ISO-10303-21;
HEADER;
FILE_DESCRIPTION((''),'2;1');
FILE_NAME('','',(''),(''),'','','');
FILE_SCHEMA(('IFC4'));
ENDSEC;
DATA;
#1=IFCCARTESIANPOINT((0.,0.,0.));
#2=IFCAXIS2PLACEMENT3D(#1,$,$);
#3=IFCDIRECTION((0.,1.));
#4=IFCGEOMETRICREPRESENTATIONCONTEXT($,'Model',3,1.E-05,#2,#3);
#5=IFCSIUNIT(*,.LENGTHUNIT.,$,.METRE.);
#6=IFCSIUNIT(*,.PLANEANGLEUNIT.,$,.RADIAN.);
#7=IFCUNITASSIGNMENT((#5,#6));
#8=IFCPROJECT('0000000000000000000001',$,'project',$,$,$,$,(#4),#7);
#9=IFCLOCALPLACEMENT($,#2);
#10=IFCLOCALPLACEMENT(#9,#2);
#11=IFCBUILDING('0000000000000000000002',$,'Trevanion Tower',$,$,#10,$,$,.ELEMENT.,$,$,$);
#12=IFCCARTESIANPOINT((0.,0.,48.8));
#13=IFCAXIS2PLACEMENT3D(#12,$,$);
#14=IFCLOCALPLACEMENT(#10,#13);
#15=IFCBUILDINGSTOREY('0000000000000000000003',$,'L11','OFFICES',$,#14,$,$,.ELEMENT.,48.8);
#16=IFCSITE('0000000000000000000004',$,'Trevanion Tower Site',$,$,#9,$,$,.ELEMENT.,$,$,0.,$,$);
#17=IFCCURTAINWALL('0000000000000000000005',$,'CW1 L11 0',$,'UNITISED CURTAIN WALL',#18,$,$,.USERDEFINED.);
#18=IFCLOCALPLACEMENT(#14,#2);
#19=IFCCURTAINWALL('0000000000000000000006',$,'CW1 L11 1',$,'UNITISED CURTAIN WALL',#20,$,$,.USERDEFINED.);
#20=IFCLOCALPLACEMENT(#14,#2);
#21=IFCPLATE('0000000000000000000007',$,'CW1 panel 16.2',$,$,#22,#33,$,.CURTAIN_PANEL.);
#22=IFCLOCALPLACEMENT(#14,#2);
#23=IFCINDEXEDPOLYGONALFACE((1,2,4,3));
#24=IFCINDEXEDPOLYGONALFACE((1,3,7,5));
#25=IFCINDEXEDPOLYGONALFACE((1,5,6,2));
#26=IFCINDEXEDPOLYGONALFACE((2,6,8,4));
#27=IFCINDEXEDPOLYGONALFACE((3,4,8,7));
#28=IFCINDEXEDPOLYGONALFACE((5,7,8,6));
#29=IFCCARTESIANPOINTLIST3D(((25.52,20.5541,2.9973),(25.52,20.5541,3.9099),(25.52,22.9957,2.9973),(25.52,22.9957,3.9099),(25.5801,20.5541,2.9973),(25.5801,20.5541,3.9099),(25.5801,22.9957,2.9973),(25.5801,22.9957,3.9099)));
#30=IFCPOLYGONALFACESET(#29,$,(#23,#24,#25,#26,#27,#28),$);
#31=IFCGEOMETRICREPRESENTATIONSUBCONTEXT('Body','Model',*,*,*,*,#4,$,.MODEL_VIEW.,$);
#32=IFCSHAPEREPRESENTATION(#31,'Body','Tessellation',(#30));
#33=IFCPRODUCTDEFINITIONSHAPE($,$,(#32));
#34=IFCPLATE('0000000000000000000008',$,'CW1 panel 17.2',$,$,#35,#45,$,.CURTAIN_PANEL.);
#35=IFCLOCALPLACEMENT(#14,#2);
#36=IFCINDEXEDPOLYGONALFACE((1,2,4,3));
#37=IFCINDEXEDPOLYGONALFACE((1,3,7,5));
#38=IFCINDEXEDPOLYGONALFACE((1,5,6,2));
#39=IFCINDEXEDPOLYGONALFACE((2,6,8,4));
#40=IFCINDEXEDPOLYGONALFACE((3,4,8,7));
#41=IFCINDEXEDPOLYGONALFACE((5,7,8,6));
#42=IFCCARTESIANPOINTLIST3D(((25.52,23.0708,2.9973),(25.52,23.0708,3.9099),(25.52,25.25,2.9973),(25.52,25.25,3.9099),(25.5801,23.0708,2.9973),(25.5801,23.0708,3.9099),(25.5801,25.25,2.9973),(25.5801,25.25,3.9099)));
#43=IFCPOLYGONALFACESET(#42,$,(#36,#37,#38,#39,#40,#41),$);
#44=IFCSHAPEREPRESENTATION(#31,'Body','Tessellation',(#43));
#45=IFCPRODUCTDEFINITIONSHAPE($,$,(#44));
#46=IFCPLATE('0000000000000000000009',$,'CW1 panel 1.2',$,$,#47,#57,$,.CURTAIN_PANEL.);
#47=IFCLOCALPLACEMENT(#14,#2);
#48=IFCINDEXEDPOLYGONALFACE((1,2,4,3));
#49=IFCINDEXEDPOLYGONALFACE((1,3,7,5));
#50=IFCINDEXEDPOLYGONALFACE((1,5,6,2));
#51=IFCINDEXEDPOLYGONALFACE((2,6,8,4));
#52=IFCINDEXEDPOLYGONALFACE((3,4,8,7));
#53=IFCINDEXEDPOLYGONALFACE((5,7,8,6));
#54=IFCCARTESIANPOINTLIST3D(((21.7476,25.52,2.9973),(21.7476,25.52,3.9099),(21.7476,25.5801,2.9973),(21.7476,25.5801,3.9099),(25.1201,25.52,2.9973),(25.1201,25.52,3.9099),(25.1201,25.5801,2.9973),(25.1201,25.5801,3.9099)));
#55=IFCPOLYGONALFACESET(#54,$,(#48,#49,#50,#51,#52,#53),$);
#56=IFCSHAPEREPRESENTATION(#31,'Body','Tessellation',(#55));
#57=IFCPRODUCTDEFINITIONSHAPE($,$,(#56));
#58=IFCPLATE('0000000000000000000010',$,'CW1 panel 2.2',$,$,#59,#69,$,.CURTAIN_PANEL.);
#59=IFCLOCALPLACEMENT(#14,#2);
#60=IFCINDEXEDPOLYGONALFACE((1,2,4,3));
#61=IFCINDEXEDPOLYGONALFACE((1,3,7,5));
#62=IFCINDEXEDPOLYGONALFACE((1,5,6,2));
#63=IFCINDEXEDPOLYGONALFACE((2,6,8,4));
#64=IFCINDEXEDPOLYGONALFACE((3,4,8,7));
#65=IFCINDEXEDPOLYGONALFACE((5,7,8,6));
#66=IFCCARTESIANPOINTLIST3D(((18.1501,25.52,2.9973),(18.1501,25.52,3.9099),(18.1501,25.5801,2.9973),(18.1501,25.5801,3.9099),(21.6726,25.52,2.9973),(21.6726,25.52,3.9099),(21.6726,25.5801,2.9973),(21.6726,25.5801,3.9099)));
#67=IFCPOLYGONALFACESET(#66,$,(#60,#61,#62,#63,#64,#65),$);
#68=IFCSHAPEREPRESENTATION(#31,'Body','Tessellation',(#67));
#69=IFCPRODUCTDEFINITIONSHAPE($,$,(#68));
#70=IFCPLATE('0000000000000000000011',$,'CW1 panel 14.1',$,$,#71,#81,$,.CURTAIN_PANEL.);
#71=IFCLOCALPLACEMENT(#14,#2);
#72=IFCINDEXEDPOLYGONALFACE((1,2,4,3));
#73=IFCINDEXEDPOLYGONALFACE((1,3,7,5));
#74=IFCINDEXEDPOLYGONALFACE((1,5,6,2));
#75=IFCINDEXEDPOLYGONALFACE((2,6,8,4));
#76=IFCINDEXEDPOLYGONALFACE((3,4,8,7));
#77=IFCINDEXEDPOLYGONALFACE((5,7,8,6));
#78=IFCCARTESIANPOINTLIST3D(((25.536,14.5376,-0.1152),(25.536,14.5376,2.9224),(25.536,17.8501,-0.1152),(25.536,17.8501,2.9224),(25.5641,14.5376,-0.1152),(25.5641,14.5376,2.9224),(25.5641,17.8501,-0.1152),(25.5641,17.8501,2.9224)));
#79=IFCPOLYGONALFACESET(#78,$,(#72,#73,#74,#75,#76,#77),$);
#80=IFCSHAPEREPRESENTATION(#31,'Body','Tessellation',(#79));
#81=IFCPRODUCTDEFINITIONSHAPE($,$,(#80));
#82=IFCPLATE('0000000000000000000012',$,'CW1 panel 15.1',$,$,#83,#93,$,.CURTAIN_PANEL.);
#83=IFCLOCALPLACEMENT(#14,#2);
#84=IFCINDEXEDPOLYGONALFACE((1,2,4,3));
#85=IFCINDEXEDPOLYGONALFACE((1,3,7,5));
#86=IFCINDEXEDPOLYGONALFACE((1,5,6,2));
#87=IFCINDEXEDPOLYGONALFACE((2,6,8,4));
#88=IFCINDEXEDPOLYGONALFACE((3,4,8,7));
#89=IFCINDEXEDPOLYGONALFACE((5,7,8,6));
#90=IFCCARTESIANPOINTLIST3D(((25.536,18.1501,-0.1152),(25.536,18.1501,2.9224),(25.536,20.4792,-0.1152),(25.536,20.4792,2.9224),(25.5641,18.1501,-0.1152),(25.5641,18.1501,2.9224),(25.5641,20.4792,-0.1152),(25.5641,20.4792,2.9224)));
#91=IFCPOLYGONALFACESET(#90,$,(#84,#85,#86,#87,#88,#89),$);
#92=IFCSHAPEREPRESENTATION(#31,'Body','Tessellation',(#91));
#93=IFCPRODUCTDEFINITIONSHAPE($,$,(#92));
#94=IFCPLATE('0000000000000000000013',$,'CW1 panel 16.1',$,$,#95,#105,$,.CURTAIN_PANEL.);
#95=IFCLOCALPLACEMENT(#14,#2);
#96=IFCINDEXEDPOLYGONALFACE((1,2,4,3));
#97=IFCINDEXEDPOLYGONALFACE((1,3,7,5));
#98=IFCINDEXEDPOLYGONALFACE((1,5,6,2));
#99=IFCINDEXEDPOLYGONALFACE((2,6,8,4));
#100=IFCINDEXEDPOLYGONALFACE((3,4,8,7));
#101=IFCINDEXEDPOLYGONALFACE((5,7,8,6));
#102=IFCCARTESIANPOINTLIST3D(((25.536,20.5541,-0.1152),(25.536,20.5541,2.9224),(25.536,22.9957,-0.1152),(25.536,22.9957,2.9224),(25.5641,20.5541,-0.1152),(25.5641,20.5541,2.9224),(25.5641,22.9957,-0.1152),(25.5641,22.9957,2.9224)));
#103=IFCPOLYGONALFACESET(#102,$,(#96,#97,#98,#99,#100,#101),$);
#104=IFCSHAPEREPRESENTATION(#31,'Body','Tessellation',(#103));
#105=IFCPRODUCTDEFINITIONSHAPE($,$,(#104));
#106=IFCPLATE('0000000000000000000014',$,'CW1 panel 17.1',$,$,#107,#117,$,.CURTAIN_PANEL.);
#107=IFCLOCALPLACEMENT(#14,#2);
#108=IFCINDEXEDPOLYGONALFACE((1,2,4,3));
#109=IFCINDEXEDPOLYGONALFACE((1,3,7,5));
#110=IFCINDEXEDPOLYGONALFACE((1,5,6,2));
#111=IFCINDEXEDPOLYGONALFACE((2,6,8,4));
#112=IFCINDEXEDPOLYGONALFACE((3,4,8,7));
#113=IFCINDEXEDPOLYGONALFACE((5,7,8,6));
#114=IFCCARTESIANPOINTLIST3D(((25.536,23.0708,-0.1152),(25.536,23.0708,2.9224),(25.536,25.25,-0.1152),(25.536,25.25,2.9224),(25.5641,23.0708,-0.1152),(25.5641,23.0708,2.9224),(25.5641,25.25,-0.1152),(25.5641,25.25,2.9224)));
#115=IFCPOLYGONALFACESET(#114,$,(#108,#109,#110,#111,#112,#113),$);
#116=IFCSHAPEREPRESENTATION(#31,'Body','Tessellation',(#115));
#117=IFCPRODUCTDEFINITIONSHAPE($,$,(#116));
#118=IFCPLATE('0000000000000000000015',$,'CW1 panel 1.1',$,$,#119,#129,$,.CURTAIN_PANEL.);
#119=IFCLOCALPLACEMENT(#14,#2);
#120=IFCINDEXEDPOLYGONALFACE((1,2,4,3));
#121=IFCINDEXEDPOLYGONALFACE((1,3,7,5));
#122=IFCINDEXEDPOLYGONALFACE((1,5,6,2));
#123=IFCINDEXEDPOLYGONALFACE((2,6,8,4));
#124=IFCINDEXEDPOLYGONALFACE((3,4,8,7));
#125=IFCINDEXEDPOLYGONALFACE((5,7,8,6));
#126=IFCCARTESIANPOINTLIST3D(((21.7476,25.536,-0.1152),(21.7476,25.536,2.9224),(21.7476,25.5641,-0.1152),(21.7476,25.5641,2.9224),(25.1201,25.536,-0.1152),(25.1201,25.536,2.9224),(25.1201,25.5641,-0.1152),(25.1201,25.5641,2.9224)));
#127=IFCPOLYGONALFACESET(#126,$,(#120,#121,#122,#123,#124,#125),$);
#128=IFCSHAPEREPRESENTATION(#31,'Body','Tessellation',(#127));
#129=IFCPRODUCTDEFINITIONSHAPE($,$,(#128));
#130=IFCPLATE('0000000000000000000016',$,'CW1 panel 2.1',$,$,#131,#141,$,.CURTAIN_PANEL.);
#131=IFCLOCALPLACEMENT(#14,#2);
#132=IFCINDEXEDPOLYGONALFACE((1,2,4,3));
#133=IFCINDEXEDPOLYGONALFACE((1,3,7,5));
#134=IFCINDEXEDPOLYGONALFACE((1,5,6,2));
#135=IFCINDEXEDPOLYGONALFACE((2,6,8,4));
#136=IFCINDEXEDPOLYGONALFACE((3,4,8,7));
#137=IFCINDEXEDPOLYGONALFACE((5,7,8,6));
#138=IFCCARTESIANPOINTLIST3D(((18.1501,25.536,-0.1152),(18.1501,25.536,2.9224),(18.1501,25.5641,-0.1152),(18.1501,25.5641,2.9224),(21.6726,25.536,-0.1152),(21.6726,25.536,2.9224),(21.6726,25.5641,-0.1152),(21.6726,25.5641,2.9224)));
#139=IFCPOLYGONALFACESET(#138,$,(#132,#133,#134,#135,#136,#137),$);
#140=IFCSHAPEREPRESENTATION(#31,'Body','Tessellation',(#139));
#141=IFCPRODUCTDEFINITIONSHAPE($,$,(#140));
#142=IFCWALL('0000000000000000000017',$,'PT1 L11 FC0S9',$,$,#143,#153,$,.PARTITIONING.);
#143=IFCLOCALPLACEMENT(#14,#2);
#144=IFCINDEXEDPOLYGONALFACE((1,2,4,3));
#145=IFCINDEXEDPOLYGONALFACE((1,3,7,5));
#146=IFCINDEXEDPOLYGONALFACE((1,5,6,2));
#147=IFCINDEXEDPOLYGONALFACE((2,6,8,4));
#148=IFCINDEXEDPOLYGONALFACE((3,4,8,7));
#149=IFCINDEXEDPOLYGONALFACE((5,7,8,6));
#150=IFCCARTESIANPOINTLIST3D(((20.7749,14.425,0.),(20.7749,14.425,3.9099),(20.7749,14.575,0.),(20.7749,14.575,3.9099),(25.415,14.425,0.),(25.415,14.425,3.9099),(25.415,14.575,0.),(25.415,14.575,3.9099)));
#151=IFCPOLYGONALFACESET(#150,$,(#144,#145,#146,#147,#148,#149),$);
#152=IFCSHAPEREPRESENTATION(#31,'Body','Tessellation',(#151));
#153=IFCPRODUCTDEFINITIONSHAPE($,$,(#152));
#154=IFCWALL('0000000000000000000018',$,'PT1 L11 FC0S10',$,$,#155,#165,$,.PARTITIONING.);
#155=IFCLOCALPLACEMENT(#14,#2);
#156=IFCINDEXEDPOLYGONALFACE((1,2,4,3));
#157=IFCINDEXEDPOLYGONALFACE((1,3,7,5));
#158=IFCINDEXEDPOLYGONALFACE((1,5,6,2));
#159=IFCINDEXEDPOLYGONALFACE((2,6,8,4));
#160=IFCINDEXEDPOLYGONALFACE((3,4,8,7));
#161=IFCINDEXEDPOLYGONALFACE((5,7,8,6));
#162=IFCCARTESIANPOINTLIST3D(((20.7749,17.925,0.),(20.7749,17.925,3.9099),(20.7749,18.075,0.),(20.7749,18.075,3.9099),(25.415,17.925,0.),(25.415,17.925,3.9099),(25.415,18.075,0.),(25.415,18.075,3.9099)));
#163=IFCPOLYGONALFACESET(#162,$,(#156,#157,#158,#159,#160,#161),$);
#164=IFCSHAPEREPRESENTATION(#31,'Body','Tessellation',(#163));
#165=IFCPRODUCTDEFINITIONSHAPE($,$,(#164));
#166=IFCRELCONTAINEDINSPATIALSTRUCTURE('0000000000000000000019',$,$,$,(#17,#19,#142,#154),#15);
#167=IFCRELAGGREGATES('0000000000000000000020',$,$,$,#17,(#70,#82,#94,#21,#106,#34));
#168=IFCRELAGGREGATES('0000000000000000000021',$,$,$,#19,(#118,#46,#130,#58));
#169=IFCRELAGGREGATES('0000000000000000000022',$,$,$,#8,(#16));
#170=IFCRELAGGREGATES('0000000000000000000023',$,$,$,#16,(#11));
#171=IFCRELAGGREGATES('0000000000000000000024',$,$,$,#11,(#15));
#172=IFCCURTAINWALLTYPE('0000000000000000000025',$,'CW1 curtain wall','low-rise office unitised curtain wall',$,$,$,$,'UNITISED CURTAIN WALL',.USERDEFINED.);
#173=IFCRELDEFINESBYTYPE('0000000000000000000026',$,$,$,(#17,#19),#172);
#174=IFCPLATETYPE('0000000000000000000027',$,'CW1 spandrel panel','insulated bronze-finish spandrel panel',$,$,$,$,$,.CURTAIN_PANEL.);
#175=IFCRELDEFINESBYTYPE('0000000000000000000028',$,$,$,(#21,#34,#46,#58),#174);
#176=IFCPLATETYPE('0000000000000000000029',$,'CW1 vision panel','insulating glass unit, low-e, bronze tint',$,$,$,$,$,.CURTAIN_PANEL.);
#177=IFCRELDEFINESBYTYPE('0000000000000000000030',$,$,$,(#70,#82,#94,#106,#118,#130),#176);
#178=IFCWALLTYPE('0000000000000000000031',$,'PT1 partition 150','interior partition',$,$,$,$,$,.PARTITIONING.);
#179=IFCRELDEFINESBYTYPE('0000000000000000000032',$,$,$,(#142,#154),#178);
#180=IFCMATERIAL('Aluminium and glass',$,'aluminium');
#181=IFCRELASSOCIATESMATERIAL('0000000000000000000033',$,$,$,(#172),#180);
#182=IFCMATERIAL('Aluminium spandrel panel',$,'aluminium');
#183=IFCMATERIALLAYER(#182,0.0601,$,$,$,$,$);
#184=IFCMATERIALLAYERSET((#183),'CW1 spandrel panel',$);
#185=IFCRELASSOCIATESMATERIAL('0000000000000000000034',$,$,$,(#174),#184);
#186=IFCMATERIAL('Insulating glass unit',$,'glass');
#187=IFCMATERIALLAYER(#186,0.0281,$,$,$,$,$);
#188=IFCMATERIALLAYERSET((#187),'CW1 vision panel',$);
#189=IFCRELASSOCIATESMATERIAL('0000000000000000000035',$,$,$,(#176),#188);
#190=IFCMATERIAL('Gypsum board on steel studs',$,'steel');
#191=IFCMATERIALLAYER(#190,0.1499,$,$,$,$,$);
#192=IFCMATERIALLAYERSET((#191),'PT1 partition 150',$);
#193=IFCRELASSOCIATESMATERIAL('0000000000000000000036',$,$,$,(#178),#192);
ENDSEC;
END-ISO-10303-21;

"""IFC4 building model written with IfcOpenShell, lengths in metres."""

from ifc_helpers import new_model, si_unit, direction, frame, frame_2d, origin, origin_2d, place, context, subcontext, project, spatial, rectangle, extrude, material, layer, layer_set, type_object, element, aggregate, save


model = new_model("IFC4")

# Units and contexts
model_context = context("Model", 3, precision=1e-05, world=origin(), true_north=direction((0.0, 1.0)))
body_context = subcontext(model_context, "Body", "Model", "MODEL_VIEW")
ifc_project = project(units=[si_unit("LENGTHUNIT", "METRE"), si_unit("PLANEANGLEUNIT", "RADIAN")], contexts=[model_context])

# Site, building, storey
site_placement = place(None, origin())
site = spatial("IfcSite", under=ifc_project, at=site_placement, Name="Trevanion Tower Site", CompositionType="ELEMENT", RefElevation=0.0)
building_placement = place(site_placement, origin())
building = spatial("IfcBuilding", under=site, at=building_placement, Name="Trevanion Tower", CompositionType="ELEMENT")
storey_placement = place(building_placement, frame((0.0, 0.0, 48.8)))
storey = spatial("IfcBuildingStorey", under=building, at=storey_placement, Name="L11", Description="OFFICES", CompositionType="ELEMENT", Elevation=48.8)

# Curtain wall
ifc_material_1 = material(Name="Aluminium and glass", Category="aluminium")
curtain_wall_type = type_object("IfcCurtainWallType", Name="CW1 curtain wall", Description="low-rise office unitised curtain wall", ElementType="UNITISED CURTAIN WALL", PredefinedType="USERDEFINED", material=ifc_material_1)
curtain_wall_1_placement = place(storey_placement, origin())
curtain_wall_1 = element("IfcCurtainWall", 1, at=curtain_wall_1_placement, inside=storey, type_object=curtain_wall_type, Name="CW1 L11 0", ObjectType="UNITISED CURTAIN WALL", PredefinedType="USERDEFINED")

# Curtain wall
curtain_wall_2_placement = place(storey_placement, origin())
curtain_wall_2 = element("IfcCurtainWall", 2, at=curtain_wall_2_placement, inside=storey, type_object=curtain_wall_type, Name="CW1 L11 1", ObjectType="UNITISED CURTAIN WALL", PredefinedType="USERDEFINED")

# Plates
ifc_material_2 = material(Name="Aluminium spandrel panel", Category="aluminium")
ifc_layer_1 = layer(ifc_material_2, 0.0601)
ifc_layer_set_1 = layer_set([ifc_layer_1], Name="CW1 spandrel panel")
plate_type_1 = type_object("IfcPlateType", Name="CW1 spandrel panel", Description="insulated bronze-finish spandrel panel", PredefinedType="CURTAIN_PANEL", material=ifc_layer_set_1)
plate_1_placement = place(storey_placement, frame((25.55, 21.7749, 2.9973), z_axis=(0.0, 0.0, 1.0), x_axis=(0.0, 1.0, 0.0)))
plate_1 = element("IfcPlate", 3, at=plate_1_placement, type_object=plate_type_1, Name="CW1 panel 16.2", PredefinedType="CURTAIN_PANEL", context=body_context, shape_type="SweptSolid", body=[
    extrude(rectangle(XDim=2.4417, YDim=0.0601, at=origin_2d()), origin(), (0.0, 0.0, 1.0), 0.9126),
])
plate_2_placement = place(storey_placement, frame((25.55, 24.1604, 2.9973), z_axis=(0.0, 0.0, 1.0), x_axis=(0.0, 1.0, 0.0)))
plate_2 = element("IfcPlate", 4, at=plate_2_placement, type_object=plate_type_1, Name="CW1 panel 17.2", PredefinedType="CURTAIN_PANEL", context=body_context, shape_type="SweptSolid", body=[
    extrude(rectangle(XDim=2.1792, YDim=0.0601, at=origin_2d()), origin(), (0.0, 0.0, 1.0), 0.9126),
])
plate_3_placement = place(storey_placement, frame((23.4338, 25.55, 2.9973), z_axis=(0.0, 0.0, 1.0), x_axis=(-1.0, 0.0, 0.0)))
plate_3 = element("IfcPlate", 5, at=plate_3_placement, type_object=plate_type_1, Name="CW1 panel 1.2", PredefinedType="CURTAIN_PANEL", context=body_context, shape_type="SweptSolid", body=[
    extrude(rectangle(XDim=3.3726, YDim=0.0601, at=origin_2d()), origin(), (0.0, 0.0, 1.0), 0.9126),
])
plate_4_placement = place(storey_placement, frame((19.9114, 25.55, 2.9973), z_axis=(0.0, 0.0, 1.0), x_axis=(-1.0, 0.0, 0.0)))
plate_4 = element("IfcPlate", 6, at=plate_4_placement, type_object=plate_type_1, Name="CW1 panel 2.2", PredefinedType="CURTAIN_PANEL", context=body_context, shape_type="SweptSolid", body=[
    extrude(rectangle(XDim=3.5225, YDim=0.0601, at=origin_2d()), origin(), (0.0, 0.0, 1.0), 0.9126),
])
ifc_material_3 = material(Name="Insulating glass unit", Category="glass")
ifc_layer_2 = layer(ifc_material_3, 0.0281)
ifc_layer_set_2 = layer_set([ifc_layer_2], Name="CW1 vision panel")
plate_type_2 = type_object("IfcPlateType", Name="CW1 vision panel", Description="insulating glass unit, low-e, bronze tint", PredefinedType="CURTAIN_PANEL", material=ifc_layer_set_2)
plate_5_placement = place(storey_placement, frame((25.55, 16.1938, -0.1152), z_axis=(0.0, 0.0, 1.0), x_axis=(0.0, 1.0, 0.0)))
plate_5 = element("IfcPlate", 7, at=plate_5_placement, type_object=plate_type_2, Name="CW1 panel 14.1", PredefinedType="CURTAIN_PANEL", context=body_context, shape_type="SweptSolid", body=[
    extrude(rectangle(XDim=3.3125, YDim=0.0281, at=origin_2d()), origin(), (0.0, 0.0, 1.0), 3.0376),
])
plate_6_placement = place(storey_placement, frame((25.55, 19.3147, -0.1152), z_axis=(0.0, 0.0, 1.0), x_axis=(0.0, 1.0, 0.0)))
plate_6 = element("IfcPlate", 8, at=plate_6_placement, type_object=plate_type_2, Name="CW1 panel 15.1", PredefinedType="CURTAIN_PANEL", context=body_context, shape_type="SweptSolid", body=[
    extrude(rectangle(XDim=2.3291, YDim=0.0281, at=origin_2d()), origin(), (0.0, 0.0, 1.0), 3.0376),
])
plate_7_placement = place(storey_placement, frame((25.55, 21.7749, -0.1152), z_axis=(0.0, 0.0, 1.0), x_axis=(0.0, 1.0, 0.0)))
plate_7 = element("IfcPlate", 9, at=plate_7_placement, type_object=plate_type_2, Name="CW1 panel 16.1", PredefinedType="CURTAIN_PANEL", context=body_context, shape_type="SweptSolid", body=[
    extrude(rectangle(XDim=2.4417, YDim=0.0281, at=origin_2d()), origin(), (0.0, 0.0, 1.0), 3.0376),
])
plate_8_placement = place(storey_placement, frame((25.55, 24.1604, -0.1152), z_axis=(0.0, 0.0, 1.0), x_axis=(0.0, 1.0, 0.0)))
plate_8 = element("IfcPlate", 10, at=plate_8_placement, type_object=plate_type_2, Name="CW1 panel 17.1", PredefinedType="CURTAIN_PANEL", context=body_context, shape_type="SweptSolid", body=[
    extrude(rectangle(XDim=2.1792, YDim=0.0281, at=origin_2d()), origin(), (0.0, 0.0, 1.0), 3.0376),
])
aggregate(curtain_wall_1, [plate_5, plate_6, plate_7, plate_1, plate_8, plate_2])
plate_9_placement = place(storey_placement, frame((23.4338, 25.55, -0.1152), z_axis=(0.0, 0.0, 1.0), x_axis=(-1.0, 0.0, 0.0)))
plate_9 = element("IfcPlate", 11, at=plate_9_placement, type_object=plate_type_2, Name="CW1 panel 1.1", PredefinedType="CURTAIN_PANEL", context=body_context, shape_type="SweptSolid", body=[
    extrude(rectangle(XDim=3.3726, YDim=0.0281, at=origin_2d()), origin(), (0.0, 0.0, 1.0), 3.0376),
])
plate_10_placement = place(storey_placement, frame((19.9114, 25.55, -0.1152), z_axis=(0.0, 0.0, 1.0), x_axis=(-1.0, 0.0, 0.0)))
plate_10 = element("IfcPlate", 12, at=plate_10_placement, type_object=plate_type_2, Name="CW1 panel 2.1", PredefinedType="CURTAIN_PANEL", context=body_context, shape_type="SweptSolid", body=[
    extrude(rectangle(XDim=3.5225, YDim=0.0281, at=origin_2d()), origin(), (0.0, 0.0, 1.0), 3.0376),
])
aggregate(curtain_wall_2, [plate_9, plate_3, plate_10, plate_4])

# Walls
ifc_material_4 = material(Name="Gypsum board on steel studs", Category="steel")
ifc_layer_3 = layer(ifc_material_4, 0.1499)
ifc_layer_set_3 = layer_set([ifc_layer_3], Name="PT1 partition 150")
wall_type = type_object("IfcWallType", Name="PT1 partition 150", Description="interior partition", PredefinedType="PARTITIONING", material=ifc_layer_set_3)
for number, where, z_axis, x_axis, name in (
    (13, (20.7749, 14.5, 0.0), (0.0, 0.0, 1.0), (1.0, 0.0, 0.0), "PT1 L11 FC0S9"),
    (14, (20.7749, 18.0, 0.0), (0.0, 0.0, 1.0), (1.0, 0.0, 0.0), "PT1 L11 FC0S10"),
):
    element("IfcWall", number, at=place(storey_placement, frame(where, z_axis=z_axis, x_axis=x_axis)), inside=storey, type_object=wall_type, Name=name, PredefinedType="PARTITIONING", context=body_context, shape_type="SweptSolid", body=[
        extrude(rectangle(XDim=4.6401, YDim=0.1499, at=frame_2d((2.3201, 0.0))), origin(), (0.0, 0.0, 1.0), 3.9099),
    ])

save(model, "model.ifc")
